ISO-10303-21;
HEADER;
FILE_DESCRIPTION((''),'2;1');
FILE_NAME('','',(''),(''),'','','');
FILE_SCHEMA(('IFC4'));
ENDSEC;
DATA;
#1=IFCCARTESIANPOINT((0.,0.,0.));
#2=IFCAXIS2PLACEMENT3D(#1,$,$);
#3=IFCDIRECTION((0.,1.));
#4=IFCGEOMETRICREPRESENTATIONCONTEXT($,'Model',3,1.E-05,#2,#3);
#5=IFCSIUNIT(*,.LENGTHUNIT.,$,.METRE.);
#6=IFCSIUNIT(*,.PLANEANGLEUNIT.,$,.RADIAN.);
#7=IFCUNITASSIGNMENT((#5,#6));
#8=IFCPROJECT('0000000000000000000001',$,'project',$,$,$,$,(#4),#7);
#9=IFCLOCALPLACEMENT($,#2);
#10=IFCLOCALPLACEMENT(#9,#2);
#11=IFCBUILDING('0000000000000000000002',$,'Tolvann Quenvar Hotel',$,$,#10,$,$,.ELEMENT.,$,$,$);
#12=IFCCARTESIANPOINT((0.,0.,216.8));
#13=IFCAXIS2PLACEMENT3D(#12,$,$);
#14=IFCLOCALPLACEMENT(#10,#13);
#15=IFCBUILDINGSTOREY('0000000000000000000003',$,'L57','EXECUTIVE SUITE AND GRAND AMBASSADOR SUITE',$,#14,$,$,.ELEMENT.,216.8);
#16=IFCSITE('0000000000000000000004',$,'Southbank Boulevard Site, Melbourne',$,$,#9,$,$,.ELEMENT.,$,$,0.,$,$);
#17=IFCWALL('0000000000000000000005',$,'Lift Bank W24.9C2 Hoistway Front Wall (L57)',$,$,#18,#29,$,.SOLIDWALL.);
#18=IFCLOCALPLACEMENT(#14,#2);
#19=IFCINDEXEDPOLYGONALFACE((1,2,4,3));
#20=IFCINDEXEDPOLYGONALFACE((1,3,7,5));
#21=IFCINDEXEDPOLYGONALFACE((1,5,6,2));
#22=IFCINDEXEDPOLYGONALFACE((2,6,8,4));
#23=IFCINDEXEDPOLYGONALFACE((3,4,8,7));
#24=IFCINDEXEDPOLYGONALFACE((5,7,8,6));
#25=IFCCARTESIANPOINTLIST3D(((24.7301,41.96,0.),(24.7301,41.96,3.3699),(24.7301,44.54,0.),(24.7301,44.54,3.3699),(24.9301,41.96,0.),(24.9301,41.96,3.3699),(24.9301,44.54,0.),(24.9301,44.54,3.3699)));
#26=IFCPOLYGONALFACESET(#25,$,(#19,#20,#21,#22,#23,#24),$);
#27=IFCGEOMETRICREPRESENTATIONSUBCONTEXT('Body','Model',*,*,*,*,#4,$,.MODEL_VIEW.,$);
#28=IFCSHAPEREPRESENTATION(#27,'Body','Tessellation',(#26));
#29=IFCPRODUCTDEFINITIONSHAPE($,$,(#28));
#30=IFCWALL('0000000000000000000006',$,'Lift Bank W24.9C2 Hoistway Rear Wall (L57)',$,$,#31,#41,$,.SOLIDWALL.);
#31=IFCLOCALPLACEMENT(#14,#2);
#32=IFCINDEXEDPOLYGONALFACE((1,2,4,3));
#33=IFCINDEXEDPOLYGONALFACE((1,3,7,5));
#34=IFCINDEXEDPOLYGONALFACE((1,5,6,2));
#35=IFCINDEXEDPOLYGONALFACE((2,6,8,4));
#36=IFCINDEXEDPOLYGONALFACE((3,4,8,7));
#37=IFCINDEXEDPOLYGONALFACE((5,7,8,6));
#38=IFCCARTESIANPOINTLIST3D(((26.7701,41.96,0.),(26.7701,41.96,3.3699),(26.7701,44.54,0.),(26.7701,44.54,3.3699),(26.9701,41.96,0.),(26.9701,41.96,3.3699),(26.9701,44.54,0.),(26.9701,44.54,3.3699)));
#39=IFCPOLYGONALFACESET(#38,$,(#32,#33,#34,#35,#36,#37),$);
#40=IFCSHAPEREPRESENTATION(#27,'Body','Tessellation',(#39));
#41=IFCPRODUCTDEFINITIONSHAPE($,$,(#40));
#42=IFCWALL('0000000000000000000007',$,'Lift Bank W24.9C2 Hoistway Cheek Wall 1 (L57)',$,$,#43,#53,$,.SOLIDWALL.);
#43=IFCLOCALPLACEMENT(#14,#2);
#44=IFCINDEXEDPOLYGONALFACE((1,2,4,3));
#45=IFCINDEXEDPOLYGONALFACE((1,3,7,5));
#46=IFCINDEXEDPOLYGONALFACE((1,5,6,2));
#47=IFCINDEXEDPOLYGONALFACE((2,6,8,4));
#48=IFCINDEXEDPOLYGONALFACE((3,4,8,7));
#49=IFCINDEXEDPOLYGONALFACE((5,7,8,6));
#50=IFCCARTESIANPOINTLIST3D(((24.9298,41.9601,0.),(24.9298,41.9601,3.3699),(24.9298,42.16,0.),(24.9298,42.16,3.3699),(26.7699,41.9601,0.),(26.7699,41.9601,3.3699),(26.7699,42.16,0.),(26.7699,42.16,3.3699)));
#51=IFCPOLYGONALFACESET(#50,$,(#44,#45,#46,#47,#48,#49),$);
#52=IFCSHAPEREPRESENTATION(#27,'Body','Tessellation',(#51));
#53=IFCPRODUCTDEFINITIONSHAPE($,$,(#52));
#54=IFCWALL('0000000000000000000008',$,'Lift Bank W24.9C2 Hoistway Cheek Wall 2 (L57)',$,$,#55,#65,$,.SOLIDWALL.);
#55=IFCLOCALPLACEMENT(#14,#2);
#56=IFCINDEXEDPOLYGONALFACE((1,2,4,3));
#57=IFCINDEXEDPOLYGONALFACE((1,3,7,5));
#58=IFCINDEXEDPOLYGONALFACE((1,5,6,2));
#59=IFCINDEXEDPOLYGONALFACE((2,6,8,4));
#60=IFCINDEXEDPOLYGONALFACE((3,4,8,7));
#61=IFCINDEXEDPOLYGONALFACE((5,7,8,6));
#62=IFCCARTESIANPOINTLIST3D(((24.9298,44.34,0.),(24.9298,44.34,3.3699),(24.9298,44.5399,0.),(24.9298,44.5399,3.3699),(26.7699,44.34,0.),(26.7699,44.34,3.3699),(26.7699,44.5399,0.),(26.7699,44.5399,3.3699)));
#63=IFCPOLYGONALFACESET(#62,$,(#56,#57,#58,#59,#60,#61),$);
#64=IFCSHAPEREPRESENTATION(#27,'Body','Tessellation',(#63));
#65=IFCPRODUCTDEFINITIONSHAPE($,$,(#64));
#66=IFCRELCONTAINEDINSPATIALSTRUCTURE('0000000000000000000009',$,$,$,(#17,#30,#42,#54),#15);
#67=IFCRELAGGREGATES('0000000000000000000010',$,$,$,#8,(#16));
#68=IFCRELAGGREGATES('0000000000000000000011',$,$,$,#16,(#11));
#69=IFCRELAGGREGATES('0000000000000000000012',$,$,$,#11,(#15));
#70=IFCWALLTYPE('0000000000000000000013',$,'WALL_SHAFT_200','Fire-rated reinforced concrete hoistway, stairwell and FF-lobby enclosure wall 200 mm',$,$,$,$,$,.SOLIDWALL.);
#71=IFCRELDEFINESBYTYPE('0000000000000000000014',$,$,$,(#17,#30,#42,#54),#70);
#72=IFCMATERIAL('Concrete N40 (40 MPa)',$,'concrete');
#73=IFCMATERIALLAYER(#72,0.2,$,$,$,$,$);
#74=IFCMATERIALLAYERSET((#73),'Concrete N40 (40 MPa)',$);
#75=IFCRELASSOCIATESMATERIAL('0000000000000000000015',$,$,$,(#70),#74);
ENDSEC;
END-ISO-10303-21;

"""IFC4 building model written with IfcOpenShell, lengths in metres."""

from ifc_helpers import new_model, si_unit, direction, frame, frame_2d, origin, place, context, subcontext, project, spatial, rectangle, extrude, material, layer, layer_set, type_object, element, save


model = new_model("IFC4")

# Units and contexts
model_context = context("Model", 3, precision=1e-05, world=origin(), true_north=direction((0.0, 1.0)))
body_context = subcontext(model_context, "Body", "Model", "MODEL_VIEW")
ifc_project = project(units=[si_unit("LENGTHUNIT", "METRE"), si_unit("PLANEANGLEUNIT", "RADIAN")], contexts=[model_context])

# Site, building, storey
site_placement = place(None, origin())
site = spatial("IfcSite", under=ifc_project, at=site_placement, Name="Southbank Boulevard Site, Melbourne", CompositionType="ELEMENT", RefElevation=0.0)
building_placement = place(site_placement, origin())
building = spatial("IfcBuilding", under=site, at=building_placement, Name="Tolvann Quenvar Hotel", CompositionType="ELEMENT")
storey_placement = place(building_placement, frame((0.0, 0.0, 216.8)))
storey = spatial("IfcBuildingStorey", under=building, at=storey_placement, Name="L57", Description="EXECUTIVE SUITE AND GRAND AMBASSADOR SUITE", CompositionType="ELEMENT", Elevation=216.8)

# Shared definitions
ifc_material_1 = material(Name="Concrete N40 (40 MPa)", Category="concrete")
ifc_layer_1 = layer(ifc_material_1, 0.2)
ifc_layer_set_1 = layer_set([ifc_layer_1], Name="Concrete N40 (40 MPa)")
wall_type_1 = type_object("IfcWallType", Name="WALL_SHAFT_200", Description="Fire-rated reinforced concrete hoistway, stairwell and FF-lobby enclosure wall 200 mm", PredefinedType="SOLIDWALL", material=ifc_layer_set_1)

# Walls
for number, where, z_axis, x_axis, name in (
    (1, (24.8301, 41.96, 0.0), (0.0, 0.0, 1.0), (0.0, 1.0, 0.0), "Lift Bank W24.9C2 Hoistway Front Wall (L57)"),
    (2, (26.8701, 41.96, 0.0), (0.0, 0.0, 1.0), (0.0, 1.0, 0.0), "Lift Bank W24.9C2 Hoistway Rear Wall (L57)"),
):
    element("IfcWall", number, at=place(storey_placement, frame(where, z_axis=z_axis, x_axis=x_axis)), inside=storey, type_object=wall_type_1, Name=name, PredefinedType="SOLIDWALL", context=body_context, shape_type="SweptSolid", body=[
        extrude(rectangle(XDim=2.5801, YDim=0.2, at=frame_2d((1.29, 0.0))), origin(), (0.0, 0.0, 1.0), 3.3699),
    ])
for number, where, z_axis, x_axis, name in (
    (3, (24.9299, 42.0601, 0.0), (0.0, 0.0, 1.0), (1.0, 0.0, 0.0), "Lift Bank W24.9C2 Hoistway Cheek Wall 1 (L57)"),
    (4, (24.9299, 44.4399, 0.0), (0.0, 0.0, 1.0), (1.0, 0.0, 0.0), "Lift Bank W24.9C2 Hoistway Cheek Wall 2 (L57)"),
):
    element("IfcWall", number, at=place(storey_placement, frame(where, z_axis=z_axis, x_axis=x_axis)), inside=storey, type_object=wall_type_1, Name=name, PredefinedType="SOLIDWALL", context=body_context, shape_type="SweptSolid", body=[
        extrude(rectangle(XDim=1.8401, YDim=0.2, at=frame_2d((0.9199, 0.0))), origin(), (0.0, 0.0, 1.0), 3.3699),
    ])

save(model, "model.ifc")
